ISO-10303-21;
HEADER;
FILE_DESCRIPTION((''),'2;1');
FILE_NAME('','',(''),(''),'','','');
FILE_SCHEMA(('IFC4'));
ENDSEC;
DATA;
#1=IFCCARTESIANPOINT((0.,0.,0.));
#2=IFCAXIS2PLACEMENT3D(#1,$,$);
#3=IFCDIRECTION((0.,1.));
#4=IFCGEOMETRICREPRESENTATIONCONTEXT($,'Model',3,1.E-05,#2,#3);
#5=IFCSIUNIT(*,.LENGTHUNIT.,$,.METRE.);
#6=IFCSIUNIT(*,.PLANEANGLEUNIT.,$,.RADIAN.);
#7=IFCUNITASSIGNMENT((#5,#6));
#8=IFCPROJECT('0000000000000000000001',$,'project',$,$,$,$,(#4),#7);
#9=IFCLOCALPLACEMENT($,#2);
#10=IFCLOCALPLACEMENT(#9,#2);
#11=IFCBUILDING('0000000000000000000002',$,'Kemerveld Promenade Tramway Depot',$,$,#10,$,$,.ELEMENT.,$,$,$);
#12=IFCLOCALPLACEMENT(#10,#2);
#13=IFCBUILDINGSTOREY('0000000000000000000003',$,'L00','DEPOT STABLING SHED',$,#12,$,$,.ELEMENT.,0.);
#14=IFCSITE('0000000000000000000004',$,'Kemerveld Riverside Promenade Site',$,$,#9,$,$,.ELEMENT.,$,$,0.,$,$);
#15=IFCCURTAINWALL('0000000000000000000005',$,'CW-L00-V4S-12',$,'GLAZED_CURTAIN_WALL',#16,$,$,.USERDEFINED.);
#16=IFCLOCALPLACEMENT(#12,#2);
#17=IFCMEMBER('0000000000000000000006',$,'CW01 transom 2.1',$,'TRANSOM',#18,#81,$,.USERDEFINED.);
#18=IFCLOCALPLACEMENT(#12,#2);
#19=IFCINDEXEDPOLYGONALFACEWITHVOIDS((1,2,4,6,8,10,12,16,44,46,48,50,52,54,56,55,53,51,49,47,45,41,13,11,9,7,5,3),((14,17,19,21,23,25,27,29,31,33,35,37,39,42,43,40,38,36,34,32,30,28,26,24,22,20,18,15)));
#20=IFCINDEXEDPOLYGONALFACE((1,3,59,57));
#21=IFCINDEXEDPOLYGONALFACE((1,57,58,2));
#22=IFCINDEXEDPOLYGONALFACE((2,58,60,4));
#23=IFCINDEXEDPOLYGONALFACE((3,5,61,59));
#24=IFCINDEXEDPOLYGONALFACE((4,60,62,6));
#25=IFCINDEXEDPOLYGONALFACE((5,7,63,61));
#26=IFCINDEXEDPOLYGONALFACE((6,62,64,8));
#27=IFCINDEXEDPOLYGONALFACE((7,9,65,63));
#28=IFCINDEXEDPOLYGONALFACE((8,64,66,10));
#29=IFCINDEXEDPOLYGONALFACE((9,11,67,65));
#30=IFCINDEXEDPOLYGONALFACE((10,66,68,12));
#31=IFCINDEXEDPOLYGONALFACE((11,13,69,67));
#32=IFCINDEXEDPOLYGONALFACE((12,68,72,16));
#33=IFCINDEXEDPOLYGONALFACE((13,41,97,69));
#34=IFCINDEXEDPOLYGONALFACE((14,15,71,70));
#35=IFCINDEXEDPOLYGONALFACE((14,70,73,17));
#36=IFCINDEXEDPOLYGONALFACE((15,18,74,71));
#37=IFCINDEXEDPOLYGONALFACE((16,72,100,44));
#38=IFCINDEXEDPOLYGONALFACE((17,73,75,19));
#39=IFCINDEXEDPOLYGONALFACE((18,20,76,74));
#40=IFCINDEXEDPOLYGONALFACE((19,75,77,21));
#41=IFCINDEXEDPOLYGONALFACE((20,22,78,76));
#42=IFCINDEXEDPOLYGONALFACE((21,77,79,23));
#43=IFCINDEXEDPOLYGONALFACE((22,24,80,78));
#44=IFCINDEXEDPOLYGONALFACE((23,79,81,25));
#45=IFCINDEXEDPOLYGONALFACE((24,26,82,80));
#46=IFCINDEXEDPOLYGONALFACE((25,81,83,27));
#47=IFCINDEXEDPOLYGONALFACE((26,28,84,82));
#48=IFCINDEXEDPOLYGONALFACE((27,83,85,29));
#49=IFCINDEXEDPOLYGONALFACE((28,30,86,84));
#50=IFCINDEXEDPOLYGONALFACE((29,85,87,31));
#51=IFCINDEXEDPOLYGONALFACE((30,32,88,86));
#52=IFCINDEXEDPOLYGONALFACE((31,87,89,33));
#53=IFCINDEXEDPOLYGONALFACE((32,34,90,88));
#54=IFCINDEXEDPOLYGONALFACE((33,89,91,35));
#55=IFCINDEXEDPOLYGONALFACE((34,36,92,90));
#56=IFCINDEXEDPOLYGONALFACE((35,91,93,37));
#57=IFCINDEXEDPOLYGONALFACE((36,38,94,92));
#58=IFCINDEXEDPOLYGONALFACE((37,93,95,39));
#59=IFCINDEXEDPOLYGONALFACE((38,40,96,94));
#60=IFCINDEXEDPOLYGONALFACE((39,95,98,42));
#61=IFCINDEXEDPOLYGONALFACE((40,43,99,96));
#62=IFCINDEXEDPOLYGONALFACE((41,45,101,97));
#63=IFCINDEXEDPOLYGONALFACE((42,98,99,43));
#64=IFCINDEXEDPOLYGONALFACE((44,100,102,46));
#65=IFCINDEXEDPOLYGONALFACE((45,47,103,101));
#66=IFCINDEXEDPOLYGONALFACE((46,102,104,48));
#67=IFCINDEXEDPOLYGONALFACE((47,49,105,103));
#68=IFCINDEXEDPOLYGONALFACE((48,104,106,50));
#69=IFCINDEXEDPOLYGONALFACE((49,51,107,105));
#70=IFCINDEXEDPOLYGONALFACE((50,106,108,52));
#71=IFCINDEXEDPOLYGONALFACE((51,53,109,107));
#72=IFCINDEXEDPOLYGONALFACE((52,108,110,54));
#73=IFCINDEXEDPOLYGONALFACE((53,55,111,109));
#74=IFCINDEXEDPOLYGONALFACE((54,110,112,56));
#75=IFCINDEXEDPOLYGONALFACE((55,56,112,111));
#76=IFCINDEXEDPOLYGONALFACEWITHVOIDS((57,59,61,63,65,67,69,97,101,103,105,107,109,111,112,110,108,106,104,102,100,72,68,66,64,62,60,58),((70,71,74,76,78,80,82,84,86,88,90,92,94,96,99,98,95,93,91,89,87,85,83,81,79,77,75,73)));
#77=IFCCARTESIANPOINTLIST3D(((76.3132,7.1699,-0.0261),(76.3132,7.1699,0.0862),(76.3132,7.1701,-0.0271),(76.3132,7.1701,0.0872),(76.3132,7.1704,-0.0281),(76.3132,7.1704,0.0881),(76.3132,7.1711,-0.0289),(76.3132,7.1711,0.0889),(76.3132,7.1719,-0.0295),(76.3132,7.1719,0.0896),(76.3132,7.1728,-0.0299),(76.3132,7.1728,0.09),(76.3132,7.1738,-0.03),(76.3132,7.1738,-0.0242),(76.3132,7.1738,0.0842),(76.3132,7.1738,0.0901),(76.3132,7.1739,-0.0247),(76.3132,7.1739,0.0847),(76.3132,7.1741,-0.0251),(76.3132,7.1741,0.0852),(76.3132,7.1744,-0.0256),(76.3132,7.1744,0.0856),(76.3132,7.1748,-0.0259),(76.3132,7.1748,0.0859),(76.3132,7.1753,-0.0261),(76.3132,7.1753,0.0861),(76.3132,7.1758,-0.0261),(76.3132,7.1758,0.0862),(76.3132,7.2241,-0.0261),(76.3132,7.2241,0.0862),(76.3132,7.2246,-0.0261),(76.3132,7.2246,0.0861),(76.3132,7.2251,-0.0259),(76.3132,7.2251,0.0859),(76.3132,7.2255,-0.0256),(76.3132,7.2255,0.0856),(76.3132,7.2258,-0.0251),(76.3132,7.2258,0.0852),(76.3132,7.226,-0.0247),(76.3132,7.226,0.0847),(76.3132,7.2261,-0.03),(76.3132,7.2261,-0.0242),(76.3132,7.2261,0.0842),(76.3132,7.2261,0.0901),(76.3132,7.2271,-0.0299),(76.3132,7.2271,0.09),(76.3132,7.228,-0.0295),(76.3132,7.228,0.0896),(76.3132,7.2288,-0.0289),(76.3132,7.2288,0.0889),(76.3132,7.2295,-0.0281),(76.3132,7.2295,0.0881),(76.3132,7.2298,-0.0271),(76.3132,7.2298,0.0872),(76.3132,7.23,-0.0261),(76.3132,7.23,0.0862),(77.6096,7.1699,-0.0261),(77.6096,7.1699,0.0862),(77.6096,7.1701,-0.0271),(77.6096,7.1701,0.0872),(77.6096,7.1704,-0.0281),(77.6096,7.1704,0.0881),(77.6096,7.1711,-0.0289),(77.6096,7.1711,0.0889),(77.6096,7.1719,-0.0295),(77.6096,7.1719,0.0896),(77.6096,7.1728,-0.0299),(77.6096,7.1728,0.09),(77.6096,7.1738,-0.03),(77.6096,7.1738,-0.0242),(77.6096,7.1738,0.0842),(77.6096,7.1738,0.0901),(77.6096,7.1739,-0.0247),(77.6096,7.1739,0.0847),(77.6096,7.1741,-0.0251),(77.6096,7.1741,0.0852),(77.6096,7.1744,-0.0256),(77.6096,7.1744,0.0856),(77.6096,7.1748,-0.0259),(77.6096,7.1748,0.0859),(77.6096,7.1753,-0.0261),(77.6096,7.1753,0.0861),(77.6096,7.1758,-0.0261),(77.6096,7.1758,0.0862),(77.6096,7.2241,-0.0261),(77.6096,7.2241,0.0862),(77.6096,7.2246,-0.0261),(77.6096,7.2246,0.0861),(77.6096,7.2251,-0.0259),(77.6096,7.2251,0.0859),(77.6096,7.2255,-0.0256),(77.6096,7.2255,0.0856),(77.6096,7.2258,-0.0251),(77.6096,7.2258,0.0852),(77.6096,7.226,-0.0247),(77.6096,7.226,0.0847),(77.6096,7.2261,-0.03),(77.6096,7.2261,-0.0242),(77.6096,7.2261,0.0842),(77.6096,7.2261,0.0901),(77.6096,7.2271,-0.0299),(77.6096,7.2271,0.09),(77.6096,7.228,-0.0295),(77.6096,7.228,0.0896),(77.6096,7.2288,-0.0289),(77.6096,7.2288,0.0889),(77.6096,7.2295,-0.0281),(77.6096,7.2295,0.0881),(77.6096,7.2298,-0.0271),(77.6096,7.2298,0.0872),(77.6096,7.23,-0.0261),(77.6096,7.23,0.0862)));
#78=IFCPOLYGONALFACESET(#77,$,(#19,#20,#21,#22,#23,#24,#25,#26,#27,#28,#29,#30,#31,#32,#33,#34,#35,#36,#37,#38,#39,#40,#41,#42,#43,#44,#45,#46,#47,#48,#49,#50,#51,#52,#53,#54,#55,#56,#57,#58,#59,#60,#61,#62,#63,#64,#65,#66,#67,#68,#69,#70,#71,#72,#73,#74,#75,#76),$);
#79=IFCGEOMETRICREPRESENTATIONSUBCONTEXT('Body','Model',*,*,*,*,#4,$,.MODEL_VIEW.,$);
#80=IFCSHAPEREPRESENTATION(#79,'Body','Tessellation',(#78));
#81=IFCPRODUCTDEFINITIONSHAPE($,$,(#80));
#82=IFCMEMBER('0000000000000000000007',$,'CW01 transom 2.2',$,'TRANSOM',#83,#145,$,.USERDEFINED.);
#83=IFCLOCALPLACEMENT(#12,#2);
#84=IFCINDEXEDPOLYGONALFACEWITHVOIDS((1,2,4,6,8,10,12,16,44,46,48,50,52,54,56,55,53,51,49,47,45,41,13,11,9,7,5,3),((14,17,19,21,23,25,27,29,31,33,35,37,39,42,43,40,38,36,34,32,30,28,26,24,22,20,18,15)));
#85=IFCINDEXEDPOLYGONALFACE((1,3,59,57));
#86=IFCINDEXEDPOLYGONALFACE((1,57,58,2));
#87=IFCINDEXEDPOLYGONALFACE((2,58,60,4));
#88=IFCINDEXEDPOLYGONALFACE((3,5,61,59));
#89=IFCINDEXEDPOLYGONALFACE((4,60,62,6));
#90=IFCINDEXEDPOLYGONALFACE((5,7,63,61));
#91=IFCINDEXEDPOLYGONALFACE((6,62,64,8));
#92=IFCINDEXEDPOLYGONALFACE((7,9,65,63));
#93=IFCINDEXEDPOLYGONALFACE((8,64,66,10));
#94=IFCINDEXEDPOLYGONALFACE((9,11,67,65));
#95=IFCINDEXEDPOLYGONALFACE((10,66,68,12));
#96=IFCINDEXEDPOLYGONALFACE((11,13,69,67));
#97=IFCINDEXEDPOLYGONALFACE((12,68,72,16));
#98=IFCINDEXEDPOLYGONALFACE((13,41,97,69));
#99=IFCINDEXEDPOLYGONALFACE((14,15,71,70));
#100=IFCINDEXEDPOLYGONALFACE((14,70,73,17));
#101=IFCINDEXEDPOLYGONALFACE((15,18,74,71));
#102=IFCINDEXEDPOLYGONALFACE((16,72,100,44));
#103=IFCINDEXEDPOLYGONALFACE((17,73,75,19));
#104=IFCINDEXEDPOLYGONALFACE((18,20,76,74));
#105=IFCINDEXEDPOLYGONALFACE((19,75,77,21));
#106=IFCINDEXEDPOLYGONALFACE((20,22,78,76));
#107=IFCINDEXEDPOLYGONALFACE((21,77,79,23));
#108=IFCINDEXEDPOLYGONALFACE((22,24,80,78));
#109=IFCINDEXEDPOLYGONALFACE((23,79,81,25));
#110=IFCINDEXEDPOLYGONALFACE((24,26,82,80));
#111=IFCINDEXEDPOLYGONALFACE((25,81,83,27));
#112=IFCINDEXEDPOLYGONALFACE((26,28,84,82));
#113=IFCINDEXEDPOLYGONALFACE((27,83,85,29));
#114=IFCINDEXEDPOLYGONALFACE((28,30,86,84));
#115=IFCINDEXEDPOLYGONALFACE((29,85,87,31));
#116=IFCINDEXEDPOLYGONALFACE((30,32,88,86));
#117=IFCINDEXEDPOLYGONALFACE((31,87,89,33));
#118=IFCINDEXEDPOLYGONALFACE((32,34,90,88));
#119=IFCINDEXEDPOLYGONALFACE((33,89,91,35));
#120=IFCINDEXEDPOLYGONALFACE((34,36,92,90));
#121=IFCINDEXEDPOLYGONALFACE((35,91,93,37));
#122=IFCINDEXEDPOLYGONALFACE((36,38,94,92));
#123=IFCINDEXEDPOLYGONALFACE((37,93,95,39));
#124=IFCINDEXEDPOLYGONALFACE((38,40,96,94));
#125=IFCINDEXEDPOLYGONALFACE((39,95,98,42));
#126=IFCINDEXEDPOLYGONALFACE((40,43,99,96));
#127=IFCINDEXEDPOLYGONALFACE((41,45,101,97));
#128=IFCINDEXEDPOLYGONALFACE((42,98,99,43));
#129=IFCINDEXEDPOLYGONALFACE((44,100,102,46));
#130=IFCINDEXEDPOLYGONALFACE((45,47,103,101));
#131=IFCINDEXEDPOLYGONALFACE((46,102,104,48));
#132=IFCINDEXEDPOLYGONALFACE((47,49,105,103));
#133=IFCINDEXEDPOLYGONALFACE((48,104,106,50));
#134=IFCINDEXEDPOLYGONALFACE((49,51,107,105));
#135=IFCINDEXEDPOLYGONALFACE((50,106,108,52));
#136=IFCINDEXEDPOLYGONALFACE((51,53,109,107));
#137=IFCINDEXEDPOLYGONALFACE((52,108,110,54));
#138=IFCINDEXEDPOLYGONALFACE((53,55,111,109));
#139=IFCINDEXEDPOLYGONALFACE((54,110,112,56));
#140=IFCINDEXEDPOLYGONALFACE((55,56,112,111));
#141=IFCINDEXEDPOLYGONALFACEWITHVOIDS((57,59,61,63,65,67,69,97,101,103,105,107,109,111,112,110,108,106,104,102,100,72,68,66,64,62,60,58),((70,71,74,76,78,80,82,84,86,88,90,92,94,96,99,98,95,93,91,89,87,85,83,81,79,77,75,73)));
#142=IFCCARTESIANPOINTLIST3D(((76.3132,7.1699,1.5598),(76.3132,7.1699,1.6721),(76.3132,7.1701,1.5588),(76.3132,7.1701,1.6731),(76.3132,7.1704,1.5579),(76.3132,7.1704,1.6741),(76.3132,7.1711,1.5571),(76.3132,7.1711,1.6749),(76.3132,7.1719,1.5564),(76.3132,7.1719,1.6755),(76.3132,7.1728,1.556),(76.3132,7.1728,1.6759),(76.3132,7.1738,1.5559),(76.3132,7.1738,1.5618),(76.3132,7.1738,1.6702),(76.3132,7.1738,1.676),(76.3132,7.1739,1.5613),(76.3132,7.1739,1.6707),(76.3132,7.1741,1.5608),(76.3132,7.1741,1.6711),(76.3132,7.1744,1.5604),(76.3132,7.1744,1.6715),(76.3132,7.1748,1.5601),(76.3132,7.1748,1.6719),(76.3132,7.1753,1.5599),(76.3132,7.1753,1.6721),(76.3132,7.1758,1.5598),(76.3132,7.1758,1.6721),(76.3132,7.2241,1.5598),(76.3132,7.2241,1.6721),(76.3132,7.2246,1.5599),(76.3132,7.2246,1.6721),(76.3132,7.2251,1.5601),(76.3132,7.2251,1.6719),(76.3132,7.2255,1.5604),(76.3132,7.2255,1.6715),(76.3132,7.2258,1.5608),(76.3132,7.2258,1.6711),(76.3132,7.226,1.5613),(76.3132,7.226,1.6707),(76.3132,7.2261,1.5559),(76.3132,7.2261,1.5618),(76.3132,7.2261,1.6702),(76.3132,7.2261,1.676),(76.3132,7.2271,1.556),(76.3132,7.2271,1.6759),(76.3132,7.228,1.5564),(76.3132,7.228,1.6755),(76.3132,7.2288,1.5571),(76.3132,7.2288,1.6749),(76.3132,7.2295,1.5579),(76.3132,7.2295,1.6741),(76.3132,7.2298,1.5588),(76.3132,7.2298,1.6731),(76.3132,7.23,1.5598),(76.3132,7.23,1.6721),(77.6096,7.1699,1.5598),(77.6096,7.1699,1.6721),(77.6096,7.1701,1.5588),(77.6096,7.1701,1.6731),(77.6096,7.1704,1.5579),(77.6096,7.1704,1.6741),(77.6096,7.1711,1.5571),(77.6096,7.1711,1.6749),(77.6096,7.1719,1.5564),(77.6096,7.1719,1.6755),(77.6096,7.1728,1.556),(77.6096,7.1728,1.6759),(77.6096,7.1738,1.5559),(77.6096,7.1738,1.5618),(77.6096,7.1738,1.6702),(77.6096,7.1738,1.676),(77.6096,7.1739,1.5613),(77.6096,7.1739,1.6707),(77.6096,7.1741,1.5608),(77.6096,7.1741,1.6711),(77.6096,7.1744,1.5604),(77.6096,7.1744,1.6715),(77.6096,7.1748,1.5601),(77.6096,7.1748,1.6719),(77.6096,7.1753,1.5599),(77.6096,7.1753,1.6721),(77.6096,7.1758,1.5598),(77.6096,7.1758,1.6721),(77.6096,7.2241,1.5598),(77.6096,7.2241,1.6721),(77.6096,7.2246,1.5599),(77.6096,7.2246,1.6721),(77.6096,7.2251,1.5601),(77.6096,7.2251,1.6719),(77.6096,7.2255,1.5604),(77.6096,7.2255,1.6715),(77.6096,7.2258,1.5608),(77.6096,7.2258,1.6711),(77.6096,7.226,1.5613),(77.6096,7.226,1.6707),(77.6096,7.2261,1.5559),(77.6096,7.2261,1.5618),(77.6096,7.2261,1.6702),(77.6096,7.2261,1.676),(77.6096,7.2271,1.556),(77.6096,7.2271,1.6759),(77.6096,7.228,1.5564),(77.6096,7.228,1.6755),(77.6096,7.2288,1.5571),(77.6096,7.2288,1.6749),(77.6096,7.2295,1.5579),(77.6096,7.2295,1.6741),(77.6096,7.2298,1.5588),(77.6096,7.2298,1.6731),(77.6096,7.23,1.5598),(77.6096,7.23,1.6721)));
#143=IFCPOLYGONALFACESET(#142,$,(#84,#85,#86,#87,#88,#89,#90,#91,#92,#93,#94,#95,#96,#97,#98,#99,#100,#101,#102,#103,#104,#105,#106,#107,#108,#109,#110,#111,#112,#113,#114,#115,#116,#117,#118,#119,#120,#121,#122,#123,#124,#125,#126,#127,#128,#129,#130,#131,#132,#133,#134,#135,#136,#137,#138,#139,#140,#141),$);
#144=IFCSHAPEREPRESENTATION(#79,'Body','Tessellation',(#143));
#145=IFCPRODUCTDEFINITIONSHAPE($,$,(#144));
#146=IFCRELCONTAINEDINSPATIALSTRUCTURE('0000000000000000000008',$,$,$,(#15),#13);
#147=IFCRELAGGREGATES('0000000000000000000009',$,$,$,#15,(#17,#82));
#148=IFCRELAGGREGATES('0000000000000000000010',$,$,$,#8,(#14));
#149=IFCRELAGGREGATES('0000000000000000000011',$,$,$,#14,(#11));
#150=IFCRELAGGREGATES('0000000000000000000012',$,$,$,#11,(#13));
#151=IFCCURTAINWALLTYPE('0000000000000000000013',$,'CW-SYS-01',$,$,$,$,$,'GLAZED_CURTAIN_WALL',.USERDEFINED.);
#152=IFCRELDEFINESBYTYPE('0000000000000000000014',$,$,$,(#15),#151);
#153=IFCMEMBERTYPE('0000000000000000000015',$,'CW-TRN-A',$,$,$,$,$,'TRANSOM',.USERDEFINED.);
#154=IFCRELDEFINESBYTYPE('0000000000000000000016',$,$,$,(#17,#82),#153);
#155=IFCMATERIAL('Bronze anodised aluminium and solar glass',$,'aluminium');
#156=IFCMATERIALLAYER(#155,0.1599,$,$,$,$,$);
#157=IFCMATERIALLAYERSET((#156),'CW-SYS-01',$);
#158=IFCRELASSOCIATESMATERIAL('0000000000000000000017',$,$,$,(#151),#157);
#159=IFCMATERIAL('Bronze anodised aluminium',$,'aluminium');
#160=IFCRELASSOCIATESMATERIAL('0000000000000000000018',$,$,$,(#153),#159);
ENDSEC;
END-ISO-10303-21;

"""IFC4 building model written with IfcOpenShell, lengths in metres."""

from ifc_helpers import new_model, si_unit, direction, frame, origin, origin_2d, place, context, subcontext, project, spatial, hollow_rectangle, extrude, material, layer, layer_set, material_profile, profile_set, type_object, element, aggregate, save


model = new_model("IFC4")

# Units and contexts
model_context = context("Model", 3, precision=1e-05, world=origin(), true_north=direction((0.0, 1.0)))
body_context = subcontext(model_context, "Body", "Model", "MODEL_VIEW")
ifc_project = project(units=[si_unit("LENGTHUNIT", "METRE"), si_unit("PLANEANGLEUNIT", "RADIAN")], contexts=[model_context])

# Site, building, storey
site_placement = place(None, origin())
site = spatial("IfcSite", under=ifc_project, at=site_placement, Name="Kemerveld Riverside Promenade Site", CompositionType="ELEMENT", RefElevation=0.0)
building_placement = place(site_placement, origin())
building = spatial("IfcBuilding", under=site, at=building_placement, Name="Kemerveld Promenade Tramway Depot", CompositionType="ELEMENT")
storey_placement = place(building_placement, origin())
storey = spatial("IfcBuildingStorey", under=building, at=storey_placement, Name="L00", Description="DEPOT STABLING SHED", CompositionType="ELEMENT", Elevation=0.0)

# Curtain wall, members
ifc_material_1 = material(Name="Bronze anodised aluminium and solar glass", Category="aluminium")
ifc_layer_1 = layer(ifc_material_1, 0.1599)
ifc_layer_set_1 = layer_set([ifc_layer_1], Name="CW-SYS-01")
curtain_wall_type = type_object("IfcCurtainWallType", Name="CW-SYS-01", ElementType="GLAZED_CURTAIN_WALL", PredefinedType="USERDEFINED", material=ifc_layer_set_1)
curtain_wall_placement = place(storey_placement, origin())
curtain_wall = element("IfcCurtainWall", 1, at=curtain_wall_placement, inside=storey, type_object=curtain_wall_type, Name="CW-L00-V4S-12", ObjectType="GLAZED_CURTAIN_WALL", PredefinedType="USERDEFINED")
ifc_material_2 = material(Name="Bronze anodised aluminium", Category="aluminium")
ifc_material_profile_1 = material_profile(ifc_material_2, hollow_rectangle(XDim=0.0601, YDim=0.1201, WallThickness=0.0039, InnerFilletRadius=0.002, OuterFilletRadius=0.0039, at=origin_2d()), Name="CW-TRN-120x60")
ifc_profile_set_1 = profile_set([ifc_material_profile_1], Name="Bronze anodised aluminium")
member_type_1 = type_object("IfcMemberType", Name="CW-TRN-A", ElementType="TRANSOM", PredefinedType="USERDEFINED", material=ifc_profile_set_1)
member_1_placement = place(storey_placement, frame((77.6096, 7.2, 0.03), z_axis=(-1.0, 0.0, 0.0), x_axis=(0.0, -1.0, 0.0)))
member_1 = element("IfcMember", 2, at=member_1_placement, type_object=member_type_1, Name="CW01 transom 2.1", ObjectType="TRANSOM", PredefinedType="USERDEFINED", context=body_context, shape_type="SweptSolid", body=[
    extrude(hollow_rectangle(XDim=0.0601, YDim=0.1201, WallThickness=0.0039, InnerFilletRadius=0.002, OuterFilletRadius=0.0039, at=origin_2d()), origin(), (0.0, 0.0, 1.0), 1.2964),
])
member_2_placement = place(storey_placement, frame((77.6096, 7.2, 1.616), z_axis=(-1.0, 0.0, 0.0), x_axis=(0.0, -1.0, 0.0)))
member_2 = element("IfcMember", 3, at=member_2_placement, type_object=member_type_1, Name="CW01 transom 2.2", ObjectType="TRANSOM", PredefinedType="USERDEFINED", context=body_context, shape_type="SweptSolid", body=[
    extrude(hollow_rectangle(XDim=0.0601, YDim=0.1201, WallThickness=0.0039, InnerFilletRadius=0.002, OuterFilletRadius=0.0039, at=origin_2d()), origin(), (0.0, 0.0, 1.0), 1.2964),
])
aggregate(curtain_wall, [member_1, member_2])

save(model, "model.ifc")
